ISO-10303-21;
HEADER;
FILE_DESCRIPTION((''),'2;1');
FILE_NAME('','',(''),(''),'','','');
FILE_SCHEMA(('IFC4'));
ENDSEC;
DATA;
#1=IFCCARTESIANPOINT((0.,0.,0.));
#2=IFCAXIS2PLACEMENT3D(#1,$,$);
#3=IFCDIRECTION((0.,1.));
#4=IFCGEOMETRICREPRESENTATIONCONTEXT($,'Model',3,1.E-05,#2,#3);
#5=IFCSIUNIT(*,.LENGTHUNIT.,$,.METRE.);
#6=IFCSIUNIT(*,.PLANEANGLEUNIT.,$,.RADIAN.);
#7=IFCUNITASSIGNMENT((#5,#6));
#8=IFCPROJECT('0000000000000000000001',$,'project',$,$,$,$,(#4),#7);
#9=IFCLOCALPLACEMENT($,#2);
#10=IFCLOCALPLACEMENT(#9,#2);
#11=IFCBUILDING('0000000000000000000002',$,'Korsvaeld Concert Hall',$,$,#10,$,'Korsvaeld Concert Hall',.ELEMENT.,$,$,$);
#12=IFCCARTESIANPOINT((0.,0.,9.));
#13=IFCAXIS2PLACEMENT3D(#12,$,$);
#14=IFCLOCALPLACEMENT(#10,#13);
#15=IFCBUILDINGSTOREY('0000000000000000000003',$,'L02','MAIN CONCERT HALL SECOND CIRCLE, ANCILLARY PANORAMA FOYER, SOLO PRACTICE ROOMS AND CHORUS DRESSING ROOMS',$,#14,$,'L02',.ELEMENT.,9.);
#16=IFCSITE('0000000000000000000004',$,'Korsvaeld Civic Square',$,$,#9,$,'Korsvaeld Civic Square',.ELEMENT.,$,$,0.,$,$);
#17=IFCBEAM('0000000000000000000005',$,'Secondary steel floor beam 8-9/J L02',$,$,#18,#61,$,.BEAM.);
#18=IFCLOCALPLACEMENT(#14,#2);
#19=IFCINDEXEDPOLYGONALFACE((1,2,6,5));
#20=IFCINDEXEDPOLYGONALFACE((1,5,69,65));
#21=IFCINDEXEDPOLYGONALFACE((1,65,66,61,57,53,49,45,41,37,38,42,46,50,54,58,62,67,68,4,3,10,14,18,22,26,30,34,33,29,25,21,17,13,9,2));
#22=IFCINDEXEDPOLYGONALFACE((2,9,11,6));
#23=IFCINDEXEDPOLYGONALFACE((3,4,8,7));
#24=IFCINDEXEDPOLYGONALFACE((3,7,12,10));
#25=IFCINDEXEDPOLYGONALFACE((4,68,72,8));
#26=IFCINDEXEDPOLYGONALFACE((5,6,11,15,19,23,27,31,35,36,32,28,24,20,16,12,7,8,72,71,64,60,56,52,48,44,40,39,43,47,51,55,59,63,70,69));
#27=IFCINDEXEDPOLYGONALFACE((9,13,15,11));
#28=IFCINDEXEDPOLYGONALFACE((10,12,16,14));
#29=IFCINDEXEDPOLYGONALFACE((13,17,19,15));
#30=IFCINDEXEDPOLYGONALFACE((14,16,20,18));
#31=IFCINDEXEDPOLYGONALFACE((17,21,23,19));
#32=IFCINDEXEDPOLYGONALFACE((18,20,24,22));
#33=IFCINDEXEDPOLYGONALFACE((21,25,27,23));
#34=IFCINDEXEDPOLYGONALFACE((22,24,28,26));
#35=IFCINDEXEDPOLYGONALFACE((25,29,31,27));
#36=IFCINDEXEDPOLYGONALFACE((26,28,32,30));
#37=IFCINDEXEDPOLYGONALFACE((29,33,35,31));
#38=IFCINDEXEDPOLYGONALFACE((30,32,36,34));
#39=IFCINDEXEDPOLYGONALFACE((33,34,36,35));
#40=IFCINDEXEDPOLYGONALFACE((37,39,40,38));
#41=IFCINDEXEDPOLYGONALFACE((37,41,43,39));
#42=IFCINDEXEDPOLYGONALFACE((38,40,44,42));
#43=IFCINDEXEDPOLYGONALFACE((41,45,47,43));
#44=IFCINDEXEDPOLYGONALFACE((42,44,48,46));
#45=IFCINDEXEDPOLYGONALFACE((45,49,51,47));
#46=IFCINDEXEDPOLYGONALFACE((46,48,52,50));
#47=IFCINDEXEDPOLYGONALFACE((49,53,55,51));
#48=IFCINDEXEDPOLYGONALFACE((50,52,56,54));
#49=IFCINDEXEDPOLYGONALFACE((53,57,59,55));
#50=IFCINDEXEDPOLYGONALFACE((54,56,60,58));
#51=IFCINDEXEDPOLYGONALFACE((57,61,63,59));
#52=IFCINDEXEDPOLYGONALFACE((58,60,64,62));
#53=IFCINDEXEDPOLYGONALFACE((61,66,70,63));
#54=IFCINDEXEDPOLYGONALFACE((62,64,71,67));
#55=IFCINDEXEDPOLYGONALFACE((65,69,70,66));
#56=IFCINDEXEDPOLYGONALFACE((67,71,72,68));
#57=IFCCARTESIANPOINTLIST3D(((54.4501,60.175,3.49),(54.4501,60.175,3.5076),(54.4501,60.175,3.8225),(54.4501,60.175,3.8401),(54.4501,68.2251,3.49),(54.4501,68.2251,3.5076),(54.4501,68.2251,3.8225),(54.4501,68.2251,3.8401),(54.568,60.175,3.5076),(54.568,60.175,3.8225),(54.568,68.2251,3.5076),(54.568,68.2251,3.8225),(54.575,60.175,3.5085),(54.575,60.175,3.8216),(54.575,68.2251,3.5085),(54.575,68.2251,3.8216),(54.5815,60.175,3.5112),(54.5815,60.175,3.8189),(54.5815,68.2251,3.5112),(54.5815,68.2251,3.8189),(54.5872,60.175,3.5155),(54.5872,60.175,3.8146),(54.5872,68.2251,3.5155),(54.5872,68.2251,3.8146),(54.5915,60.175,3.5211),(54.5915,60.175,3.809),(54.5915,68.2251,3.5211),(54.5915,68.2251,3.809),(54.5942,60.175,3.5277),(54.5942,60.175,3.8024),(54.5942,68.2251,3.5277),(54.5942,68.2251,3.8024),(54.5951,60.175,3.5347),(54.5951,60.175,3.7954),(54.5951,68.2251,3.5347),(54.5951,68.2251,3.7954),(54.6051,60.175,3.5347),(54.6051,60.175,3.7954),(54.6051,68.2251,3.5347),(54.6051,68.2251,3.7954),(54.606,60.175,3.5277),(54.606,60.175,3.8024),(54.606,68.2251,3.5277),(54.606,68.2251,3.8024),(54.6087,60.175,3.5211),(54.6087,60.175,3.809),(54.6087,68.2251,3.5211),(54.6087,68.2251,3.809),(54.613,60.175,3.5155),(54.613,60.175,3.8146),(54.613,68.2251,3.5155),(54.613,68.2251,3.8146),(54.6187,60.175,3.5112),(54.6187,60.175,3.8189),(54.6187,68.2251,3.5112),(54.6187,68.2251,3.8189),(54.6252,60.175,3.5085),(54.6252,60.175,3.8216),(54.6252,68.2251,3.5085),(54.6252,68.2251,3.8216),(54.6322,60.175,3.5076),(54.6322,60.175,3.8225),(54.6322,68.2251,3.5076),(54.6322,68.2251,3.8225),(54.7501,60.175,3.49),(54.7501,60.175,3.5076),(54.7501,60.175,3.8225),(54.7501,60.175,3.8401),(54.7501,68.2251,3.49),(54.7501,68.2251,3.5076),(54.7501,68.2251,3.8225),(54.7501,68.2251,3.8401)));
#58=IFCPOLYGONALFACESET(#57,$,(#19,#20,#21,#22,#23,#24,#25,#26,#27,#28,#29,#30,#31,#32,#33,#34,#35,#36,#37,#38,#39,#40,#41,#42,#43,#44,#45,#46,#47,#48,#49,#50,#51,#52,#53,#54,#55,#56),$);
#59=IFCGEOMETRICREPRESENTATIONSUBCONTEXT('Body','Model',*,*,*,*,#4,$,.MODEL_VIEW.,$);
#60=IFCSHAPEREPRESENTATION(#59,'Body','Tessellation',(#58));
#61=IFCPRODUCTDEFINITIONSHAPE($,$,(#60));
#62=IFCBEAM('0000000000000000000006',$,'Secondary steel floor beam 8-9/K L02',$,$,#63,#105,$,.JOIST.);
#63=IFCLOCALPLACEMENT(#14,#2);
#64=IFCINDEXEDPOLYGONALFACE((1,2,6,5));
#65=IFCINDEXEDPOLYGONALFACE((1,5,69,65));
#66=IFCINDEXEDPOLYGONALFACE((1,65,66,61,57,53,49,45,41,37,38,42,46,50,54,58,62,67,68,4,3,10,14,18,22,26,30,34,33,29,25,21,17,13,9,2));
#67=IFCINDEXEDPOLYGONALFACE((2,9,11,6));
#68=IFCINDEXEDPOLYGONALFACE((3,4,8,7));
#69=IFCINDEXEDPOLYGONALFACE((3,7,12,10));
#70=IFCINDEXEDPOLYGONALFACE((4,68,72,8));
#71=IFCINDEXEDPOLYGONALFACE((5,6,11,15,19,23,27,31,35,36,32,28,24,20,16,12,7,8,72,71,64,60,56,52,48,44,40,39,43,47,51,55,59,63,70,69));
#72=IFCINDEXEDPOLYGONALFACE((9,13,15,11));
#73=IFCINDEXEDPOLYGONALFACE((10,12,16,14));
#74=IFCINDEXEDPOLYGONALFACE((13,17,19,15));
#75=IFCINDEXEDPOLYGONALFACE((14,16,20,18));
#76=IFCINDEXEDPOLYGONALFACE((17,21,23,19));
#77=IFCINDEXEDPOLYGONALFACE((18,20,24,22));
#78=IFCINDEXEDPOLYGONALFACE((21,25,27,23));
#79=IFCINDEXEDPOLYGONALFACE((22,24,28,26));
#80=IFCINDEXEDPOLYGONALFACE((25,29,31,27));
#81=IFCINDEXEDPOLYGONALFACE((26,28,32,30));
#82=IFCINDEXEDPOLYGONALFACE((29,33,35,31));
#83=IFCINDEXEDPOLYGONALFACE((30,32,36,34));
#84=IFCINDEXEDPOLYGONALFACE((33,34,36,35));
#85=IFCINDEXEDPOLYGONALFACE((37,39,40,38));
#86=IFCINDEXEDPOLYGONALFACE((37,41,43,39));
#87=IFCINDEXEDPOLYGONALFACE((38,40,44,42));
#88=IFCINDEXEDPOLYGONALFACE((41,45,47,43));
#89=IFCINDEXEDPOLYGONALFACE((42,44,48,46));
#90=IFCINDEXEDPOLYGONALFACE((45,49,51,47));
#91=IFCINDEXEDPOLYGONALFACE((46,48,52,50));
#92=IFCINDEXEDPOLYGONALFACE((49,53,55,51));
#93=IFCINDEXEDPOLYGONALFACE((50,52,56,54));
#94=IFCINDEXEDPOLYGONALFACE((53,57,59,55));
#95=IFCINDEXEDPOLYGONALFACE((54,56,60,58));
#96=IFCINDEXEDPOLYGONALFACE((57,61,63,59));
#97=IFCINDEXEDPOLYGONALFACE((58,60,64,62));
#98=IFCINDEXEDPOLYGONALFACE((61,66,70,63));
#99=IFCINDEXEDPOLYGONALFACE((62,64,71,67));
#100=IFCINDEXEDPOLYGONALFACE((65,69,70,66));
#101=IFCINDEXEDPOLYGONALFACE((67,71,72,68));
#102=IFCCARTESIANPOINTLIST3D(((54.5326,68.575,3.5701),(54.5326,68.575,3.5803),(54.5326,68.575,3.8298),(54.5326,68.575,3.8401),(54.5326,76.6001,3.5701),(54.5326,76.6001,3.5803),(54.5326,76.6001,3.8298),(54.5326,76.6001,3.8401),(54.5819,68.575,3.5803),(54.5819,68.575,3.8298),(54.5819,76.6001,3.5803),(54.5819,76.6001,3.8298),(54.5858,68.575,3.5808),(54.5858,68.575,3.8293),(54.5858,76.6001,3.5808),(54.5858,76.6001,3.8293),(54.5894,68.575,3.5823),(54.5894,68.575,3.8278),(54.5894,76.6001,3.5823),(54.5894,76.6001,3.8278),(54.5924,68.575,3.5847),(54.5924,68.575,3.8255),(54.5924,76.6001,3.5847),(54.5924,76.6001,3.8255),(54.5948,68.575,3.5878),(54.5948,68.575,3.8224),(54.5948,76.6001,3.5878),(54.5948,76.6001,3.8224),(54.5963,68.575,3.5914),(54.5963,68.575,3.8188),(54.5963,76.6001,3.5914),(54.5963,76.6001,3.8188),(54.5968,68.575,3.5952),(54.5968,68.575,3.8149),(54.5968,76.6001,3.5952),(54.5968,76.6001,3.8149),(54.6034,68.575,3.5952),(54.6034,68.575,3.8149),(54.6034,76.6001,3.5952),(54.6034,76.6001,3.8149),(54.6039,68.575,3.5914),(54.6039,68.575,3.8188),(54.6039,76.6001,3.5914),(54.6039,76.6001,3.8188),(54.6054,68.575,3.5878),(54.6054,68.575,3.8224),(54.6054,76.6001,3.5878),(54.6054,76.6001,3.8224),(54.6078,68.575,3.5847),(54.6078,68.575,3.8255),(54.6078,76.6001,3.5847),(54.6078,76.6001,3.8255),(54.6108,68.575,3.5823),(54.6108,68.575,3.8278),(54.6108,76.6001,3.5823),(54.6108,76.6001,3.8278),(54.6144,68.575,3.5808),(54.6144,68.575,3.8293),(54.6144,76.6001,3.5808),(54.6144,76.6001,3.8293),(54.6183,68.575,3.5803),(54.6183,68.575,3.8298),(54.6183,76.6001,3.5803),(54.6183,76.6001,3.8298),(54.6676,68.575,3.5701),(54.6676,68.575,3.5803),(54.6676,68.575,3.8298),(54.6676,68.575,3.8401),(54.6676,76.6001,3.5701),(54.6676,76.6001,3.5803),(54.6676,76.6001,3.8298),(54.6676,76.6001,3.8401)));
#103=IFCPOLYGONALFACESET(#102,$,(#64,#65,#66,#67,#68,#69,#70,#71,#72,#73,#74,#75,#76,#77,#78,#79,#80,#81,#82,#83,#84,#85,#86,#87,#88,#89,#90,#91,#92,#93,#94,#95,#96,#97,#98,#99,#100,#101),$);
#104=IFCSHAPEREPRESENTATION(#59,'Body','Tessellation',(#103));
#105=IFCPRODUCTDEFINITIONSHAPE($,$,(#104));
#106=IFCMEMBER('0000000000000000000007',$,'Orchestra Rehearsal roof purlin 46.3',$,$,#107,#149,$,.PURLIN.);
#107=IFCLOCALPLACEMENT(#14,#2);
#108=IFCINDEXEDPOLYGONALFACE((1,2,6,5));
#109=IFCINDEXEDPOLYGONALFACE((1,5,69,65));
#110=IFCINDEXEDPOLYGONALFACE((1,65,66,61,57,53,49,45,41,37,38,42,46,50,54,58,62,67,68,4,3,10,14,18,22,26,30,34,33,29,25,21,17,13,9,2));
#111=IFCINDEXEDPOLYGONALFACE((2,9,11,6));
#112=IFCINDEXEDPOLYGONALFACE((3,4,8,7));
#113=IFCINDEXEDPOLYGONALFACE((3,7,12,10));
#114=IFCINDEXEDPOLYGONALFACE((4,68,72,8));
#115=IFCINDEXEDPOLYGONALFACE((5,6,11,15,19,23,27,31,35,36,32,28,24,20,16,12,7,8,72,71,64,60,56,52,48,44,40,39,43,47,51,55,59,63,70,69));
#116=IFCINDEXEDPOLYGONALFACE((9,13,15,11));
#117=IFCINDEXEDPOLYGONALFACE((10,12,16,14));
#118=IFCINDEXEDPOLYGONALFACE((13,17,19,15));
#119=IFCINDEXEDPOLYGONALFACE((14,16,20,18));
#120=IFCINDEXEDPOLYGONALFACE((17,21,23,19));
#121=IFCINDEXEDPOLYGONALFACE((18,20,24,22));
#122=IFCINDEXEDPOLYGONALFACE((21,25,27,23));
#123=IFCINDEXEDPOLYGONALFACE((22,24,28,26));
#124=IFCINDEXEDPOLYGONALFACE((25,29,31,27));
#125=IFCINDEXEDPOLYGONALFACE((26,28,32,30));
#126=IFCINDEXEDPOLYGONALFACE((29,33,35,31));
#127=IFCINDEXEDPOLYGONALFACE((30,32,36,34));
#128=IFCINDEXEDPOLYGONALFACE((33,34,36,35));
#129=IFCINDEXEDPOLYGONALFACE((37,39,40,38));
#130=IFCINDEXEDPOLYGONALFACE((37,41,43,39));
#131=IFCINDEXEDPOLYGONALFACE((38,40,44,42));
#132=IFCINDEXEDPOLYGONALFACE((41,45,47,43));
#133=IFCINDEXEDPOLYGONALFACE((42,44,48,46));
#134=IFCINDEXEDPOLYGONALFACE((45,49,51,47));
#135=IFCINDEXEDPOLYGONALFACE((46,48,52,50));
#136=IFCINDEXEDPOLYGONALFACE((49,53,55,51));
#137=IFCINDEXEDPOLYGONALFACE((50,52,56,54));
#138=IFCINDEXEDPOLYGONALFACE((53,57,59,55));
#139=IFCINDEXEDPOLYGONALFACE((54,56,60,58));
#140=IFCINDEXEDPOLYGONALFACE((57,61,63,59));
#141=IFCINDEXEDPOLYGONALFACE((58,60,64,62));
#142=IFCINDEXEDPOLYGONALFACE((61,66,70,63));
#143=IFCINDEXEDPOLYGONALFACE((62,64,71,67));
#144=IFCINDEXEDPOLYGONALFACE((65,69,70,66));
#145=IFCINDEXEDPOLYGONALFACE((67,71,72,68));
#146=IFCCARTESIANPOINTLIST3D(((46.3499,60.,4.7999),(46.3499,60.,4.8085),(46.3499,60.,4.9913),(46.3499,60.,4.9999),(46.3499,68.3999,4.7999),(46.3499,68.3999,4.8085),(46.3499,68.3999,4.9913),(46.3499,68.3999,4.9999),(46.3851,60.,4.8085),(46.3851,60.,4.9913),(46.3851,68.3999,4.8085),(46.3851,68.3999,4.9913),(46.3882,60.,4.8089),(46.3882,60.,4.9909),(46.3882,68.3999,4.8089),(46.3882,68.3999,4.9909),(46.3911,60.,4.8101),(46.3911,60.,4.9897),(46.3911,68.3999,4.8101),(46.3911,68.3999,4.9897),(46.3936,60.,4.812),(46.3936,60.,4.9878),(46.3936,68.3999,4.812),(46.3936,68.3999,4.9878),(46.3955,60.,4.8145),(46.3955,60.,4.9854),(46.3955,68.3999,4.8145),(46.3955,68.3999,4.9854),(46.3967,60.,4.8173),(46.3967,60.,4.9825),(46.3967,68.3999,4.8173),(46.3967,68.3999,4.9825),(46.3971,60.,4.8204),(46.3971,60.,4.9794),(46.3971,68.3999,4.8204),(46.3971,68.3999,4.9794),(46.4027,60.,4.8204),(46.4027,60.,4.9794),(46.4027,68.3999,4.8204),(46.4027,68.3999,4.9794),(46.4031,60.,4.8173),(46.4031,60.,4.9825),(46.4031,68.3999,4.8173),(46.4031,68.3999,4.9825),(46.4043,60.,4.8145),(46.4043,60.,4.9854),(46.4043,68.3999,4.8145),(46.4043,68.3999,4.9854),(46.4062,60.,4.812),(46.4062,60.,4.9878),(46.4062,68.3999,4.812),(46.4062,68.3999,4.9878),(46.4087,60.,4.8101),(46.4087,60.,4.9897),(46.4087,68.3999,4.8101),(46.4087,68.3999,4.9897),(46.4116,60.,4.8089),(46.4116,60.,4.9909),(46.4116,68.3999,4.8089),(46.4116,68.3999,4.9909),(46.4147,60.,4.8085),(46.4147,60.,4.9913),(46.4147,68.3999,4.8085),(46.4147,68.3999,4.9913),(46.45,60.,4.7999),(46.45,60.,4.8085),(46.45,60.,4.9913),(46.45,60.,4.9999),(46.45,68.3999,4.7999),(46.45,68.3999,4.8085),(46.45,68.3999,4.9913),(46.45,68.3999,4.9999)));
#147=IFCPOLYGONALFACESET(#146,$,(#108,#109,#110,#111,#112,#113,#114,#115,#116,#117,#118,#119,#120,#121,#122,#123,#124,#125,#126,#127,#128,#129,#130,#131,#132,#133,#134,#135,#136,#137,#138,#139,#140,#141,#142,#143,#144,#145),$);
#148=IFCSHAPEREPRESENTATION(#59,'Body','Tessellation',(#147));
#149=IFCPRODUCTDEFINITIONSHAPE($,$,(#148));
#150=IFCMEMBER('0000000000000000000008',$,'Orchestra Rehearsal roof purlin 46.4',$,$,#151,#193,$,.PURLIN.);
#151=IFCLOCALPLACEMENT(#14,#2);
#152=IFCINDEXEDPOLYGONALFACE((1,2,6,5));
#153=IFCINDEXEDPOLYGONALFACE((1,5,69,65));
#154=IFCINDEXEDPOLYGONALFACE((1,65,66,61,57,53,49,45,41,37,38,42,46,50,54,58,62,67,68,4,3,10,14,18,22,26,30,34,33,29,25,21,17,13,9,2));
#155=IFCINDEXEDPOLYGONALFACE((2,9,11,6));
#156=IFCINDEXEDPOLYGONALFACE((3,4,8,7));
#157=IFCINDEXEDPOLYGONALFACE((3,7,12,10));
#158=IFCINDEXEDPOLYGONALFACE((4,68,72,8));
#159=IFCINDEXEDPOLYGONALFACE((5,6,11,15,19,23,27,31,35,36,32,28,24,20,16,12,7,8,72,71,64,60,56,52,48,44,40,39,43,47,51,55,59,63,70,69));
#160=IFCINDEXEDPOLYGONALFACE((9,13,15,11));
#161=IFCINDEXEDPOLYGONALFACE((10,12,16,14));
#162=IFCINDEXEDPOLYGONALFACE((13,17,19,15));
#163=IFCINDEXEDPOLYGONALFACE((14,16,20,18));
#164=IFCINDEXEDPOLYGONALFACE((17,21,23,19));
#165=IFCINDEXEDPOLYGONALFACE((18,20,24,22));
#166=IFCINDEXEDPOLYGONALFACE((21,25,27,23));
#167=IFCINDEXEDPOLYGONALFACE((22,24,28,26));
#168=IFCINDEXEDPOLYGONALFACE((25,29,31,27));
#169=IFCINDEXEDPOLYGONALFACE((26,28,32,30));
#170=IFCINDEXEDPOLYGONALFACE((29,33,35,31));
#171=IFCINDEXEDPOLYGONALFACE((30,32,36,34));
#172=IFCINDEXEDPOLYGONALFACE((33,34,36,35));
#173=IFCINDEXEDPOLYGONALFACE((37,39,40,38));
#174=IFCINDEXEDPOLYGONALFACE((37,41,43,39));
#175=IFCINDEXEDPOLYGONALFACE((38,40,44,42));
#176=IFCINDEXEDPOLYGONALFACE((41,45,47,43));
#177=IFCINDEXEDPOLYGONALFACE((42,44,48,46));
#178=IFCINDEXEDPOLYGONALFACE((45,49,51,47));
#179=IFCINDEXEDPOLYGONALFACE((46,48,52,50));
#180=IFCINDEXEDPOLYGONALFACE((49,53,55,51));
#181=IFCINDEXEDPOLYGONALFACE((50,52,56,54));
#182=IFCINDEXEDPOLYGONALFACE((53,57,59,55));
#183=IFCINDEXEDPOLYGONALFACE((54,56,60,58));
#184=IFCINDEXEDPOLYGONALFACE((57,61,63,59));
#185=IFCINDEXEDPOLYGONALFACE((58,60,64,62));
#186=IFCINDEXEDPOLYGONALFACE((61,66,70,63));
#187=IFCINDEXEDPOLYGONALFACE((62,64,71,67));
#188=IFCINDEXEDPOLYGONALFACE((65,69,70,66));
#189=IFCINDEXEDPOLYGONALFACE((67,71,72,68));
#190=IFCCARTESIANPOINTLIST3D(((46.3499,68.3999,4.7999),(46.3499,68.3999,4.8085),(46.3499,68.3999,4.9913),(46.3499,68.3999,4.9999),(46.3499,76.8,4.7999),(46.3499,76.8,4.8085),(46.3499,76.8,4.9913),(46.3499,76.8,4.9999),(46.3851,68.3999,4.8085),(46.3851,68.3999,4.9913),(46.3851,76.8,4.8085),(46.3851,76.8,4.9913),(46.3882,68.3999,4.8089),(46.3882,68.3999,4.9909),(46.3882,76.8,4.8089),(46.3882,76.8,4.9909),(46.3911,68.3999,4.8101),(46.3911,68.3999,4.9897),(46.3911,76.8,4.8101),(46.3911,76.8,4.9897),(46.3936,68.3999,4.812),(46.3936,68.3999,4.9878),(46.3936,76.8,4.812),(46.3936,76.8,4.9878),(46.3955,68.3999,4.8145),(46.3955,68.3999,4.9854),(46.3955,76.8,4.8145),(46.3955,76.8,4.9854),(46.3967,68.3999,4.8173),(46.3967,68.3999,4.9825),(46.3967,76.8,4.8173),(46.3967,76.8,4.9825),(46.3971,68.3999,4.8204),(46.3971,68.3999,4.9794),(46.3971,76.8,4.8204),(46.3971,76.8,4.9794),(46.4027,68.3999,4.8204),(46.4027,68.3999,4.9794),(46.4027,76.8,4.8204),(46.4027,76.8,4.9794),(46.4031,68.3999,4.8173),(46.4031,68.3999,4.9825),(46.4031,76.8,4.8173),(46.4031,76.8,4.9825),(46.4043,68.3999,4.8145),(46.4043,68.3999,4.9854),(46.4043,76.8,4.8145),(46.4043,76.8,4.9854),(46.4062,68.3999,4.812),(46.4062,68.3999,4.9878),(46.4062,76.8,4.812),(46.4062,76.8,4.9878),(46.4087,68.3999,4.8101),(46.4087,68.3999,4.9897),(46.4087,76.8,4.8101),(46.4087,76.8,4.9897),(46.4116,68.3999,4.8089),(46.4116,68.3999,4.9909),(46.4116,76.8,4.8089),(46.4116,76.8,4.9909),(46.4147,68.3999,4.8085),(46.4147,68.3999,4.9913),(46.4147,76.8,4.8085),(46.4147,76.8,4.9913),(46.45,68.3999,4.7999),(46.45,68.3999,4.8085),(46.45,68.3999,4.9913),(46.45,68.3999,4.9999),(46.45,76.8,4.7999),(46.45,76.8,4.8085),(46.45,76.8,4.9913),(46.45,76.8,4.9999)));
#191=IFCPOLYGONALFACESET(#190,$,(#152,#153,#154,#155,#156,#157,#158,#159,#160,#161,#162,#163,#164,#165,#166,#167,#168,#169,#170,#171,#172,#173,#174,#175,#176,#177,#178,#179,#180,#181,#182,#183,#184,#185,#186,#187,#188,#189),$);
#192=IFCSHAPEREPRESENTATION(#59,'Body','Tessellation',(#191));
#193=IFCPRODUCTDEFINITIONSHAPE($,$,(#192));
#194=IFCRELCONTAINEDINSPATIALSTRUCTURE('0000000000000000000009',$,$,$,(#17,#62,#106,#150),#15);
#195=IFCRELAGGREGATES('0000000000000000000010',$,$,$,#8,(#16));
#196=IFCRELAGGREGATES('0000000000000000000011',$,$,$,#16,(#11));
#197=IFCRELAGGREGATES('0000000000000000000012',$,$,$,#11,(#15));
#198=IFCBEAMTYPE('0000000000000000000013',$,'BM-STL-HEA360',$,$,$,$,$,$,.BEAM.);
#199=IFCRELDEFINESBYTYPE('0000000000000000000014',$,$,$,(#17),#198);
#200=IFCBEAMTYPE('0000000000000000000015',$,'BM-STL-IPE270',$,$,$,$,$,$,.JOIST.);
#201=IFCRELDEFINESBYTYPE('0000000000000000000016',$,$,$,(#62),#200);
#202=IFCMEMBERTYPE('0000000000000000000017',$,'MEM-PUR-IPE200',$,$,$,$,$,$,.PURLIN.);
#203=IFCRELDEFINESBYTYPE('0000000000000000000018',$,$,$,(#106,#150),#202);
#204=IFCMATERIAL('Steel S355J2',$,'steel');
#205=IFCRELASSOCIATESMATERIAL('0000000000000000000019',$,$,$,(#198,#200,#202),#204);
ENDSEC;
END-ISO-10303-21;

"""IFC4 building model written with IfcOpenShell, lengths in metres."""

from ifc_helpers import new_model, si_unit, direction, frame, origin, origin_2d, place, context, subcontext, project, spatial, i_section, extrude, material, material_profile, profile_set, type_object, element, save


model = new_model("IFC4")

# Units and contexts
model_context = context("Model", 3, precision=1e-05, world=origin(), true_north=direction((0.0, 1.0)))
body_context = subcontext(model_context, "Body", "Model", "MODEL_VIEW")
ifc_project = project(units=[si_unit("LENGTHUNIT", "METRE"), si_unit("PLANEANGLEUNIT", "RADIAN")], contexts=[model_context])

# Site, building, storey
site_placement = place(None, origin())
site = spatial("IfcSite", under=ifc_project, at=site_placement, Name="Korsvaeld Civic Square", LongName="Korsvaeld Civic Square", CompositionType="ELEMENT", RefElevation=0.0)
building_placement = place(site_placement, origin())
building = spatial("IfcBuilding", under=site, at=building_placement, Name="Korsvaeld Concert Hall", LongName="Korsvaeld Concert Hall", CompositionType="ELEMENT")
storey_placement = place(building_placement, frame((0.0, 0.0, 9.0)))
storey = spatial("IfcBuildingStorey", under=building, at=storey_placement, Name="L02", Description="MAIN CONCERT HALL SECOND CIRCLE, ANCILLARY PANORAMA FOYER, SOLO PRACTICE ROOMS AND CHORUS DRESSING ROOMS", LongName="L02", CompositionType="ELEMENT", Elevation=9.0)

# Beams
ifc_material_1 = material(Name="Steel S355J2", Category="steel")
ifc_material_profile_1 = material_profile(ifc_material_1, i_section(OverallWidth=0.3, OverallDepth=0.3501, WebThickness=0.01, FlangeThickness=0.0176, FilletRadius=0.0271, at=origin_2d()), Name="HEA 360")
ifc_profile_set_1 = profile_set([ifc_material_profile_1], Name="Steel S355J2")
beam_type_1 = type_object("IfcBeamType", Name="BM-STL-HEA360", PredefinedType="BEAM", material=ifc_profile_set_1)
beam_1_placement = place(storey_placement, frame((54.6001, 60.175, 3.665), z_axis=(0.0, 1.0, 0.0), x_axis=(-1.0, 0.0, 0.0)))
element("IfcBeam", 1, at=beam_1_placement, inside=storey, type_object=beam_type_1, Name="Secondary steel floor beam 8-9/J L02", PredefinedType="BEAM", context=body_context, shape_type="SweptSolid", body=[
    extrude(i_section(OverallWidth=0.3, OverallDepth=0.3501, WebThickness=0.01, FlangeThickness=0.0176, FilletRadius=0.0271, at=origin_2d()), origin(), (0.0, 0.0, 1.0), 8.05),
])
ifc_material_profile_2 = material_profile(ifc_material_1, i_section(OverallWidth=0.135, OverallDepth=0.27, WebThickness=0.0066, FlangeThickness=0.0103, FilletRadius=0.0149, at=origin_2d()), Name="IPE 270")
ifc_profile_set_2 = profile_set([ifc_material_profile_2], Name="Steel S355J2")
beam_type_2 = type_object("IfcBeamType", Name="BM-STL-IPE270", PredefinedType="JOIST", material=ifc_profile_set_2)
beam_2_placement = place(storey_placement, frame((54.6001, 68.575, 3.7051), z_axis=(0.0, 1.0, 0.0), x_axis=(-1.0, 0.0, 0.0)))
element("IfcBeam", 2, at=beam_2_placement, inside=storey, type_object=beam_type_2, Name="Secondary steel floor beam 8-9/K L02", PredefinedType="JOIST", context=body_context, shape_type="SweptSolid", body=[
    extrude(i_section(OverallWidth=0.135, OverallDepth=0.27, WebThickness=0.0066, FlangeThickness=0.0103, FilletRadius=0.0149, at=origin_2d()), origin(), (0.0, 0.0, 1.0), 8.0251),
])

# Members
ifc_material_profile_3 = material_profile(ifc_material_1, i_section(OverallWidth=0.1001, OverallDepth=0.2, WebThickness=0.0056, FlangeThickness=0.0085, FilletRadius=0.012, at=origin_2d()), Name="IPE 200")
ifc_profile_set_3 = profile_set([ifc_material_profile_3], Name="Steel S355J2")
member_type_1 = type_object("IfcMemberType", Name="MEM-PUR-IPE200", PredefinedType="PURLIN", material=ifc_profile_set_3)
member_1_placement = place(storey_placement, frame((46.3999, 60.0, 4.8999), z_axis=(0.0, 1.0, 0.0), x_axis=(-1.0, 0.0, 0.0)))
element("IfcMember", 3, at=member_1_placement, inside=storey, type_object=member_type_1, Name="Orchestra Rehearsal roof purlin 46.3", PredefinedType="PURLIN", context=body_context, shape_type="SweptSolid", body=[
    extrude(i_section(OverallWidth=0.1001, OverallDepth=0.2, WebThickness=0.0056, FlangeThickness=0.0085, FilletRadius=0.012, at=origin_2d()), origin(), (0.0, 0.0, 1.0), 8.3999),
])
member_2_placement = place(storey_placement, frame((46.3999, 68.3999, 4.8999), z_axis=(0.0, 1.0, 0.0), x_axis=(-1.0, 0.0, 0.0)))
element("IfcMember", 4, at=member_2_placement, inside=storey, type_object=member_type_1, Name="Orchestra Rehearsal roof purlin 46.4", PredefinedType="PURLIN", context=body_context, shape_type="SweptSolid", body=[
    extrude(i_section(OverallWidth=0.1001, OverallDepth=0.2, WebThickness=0.0056, FlangeThickness=0.0085, FilletRadius=0.012, at=origin_2d()), origin(), (0.0, 0.0, 1.0), 8.4001),
])

save(model, "model.ifc")
